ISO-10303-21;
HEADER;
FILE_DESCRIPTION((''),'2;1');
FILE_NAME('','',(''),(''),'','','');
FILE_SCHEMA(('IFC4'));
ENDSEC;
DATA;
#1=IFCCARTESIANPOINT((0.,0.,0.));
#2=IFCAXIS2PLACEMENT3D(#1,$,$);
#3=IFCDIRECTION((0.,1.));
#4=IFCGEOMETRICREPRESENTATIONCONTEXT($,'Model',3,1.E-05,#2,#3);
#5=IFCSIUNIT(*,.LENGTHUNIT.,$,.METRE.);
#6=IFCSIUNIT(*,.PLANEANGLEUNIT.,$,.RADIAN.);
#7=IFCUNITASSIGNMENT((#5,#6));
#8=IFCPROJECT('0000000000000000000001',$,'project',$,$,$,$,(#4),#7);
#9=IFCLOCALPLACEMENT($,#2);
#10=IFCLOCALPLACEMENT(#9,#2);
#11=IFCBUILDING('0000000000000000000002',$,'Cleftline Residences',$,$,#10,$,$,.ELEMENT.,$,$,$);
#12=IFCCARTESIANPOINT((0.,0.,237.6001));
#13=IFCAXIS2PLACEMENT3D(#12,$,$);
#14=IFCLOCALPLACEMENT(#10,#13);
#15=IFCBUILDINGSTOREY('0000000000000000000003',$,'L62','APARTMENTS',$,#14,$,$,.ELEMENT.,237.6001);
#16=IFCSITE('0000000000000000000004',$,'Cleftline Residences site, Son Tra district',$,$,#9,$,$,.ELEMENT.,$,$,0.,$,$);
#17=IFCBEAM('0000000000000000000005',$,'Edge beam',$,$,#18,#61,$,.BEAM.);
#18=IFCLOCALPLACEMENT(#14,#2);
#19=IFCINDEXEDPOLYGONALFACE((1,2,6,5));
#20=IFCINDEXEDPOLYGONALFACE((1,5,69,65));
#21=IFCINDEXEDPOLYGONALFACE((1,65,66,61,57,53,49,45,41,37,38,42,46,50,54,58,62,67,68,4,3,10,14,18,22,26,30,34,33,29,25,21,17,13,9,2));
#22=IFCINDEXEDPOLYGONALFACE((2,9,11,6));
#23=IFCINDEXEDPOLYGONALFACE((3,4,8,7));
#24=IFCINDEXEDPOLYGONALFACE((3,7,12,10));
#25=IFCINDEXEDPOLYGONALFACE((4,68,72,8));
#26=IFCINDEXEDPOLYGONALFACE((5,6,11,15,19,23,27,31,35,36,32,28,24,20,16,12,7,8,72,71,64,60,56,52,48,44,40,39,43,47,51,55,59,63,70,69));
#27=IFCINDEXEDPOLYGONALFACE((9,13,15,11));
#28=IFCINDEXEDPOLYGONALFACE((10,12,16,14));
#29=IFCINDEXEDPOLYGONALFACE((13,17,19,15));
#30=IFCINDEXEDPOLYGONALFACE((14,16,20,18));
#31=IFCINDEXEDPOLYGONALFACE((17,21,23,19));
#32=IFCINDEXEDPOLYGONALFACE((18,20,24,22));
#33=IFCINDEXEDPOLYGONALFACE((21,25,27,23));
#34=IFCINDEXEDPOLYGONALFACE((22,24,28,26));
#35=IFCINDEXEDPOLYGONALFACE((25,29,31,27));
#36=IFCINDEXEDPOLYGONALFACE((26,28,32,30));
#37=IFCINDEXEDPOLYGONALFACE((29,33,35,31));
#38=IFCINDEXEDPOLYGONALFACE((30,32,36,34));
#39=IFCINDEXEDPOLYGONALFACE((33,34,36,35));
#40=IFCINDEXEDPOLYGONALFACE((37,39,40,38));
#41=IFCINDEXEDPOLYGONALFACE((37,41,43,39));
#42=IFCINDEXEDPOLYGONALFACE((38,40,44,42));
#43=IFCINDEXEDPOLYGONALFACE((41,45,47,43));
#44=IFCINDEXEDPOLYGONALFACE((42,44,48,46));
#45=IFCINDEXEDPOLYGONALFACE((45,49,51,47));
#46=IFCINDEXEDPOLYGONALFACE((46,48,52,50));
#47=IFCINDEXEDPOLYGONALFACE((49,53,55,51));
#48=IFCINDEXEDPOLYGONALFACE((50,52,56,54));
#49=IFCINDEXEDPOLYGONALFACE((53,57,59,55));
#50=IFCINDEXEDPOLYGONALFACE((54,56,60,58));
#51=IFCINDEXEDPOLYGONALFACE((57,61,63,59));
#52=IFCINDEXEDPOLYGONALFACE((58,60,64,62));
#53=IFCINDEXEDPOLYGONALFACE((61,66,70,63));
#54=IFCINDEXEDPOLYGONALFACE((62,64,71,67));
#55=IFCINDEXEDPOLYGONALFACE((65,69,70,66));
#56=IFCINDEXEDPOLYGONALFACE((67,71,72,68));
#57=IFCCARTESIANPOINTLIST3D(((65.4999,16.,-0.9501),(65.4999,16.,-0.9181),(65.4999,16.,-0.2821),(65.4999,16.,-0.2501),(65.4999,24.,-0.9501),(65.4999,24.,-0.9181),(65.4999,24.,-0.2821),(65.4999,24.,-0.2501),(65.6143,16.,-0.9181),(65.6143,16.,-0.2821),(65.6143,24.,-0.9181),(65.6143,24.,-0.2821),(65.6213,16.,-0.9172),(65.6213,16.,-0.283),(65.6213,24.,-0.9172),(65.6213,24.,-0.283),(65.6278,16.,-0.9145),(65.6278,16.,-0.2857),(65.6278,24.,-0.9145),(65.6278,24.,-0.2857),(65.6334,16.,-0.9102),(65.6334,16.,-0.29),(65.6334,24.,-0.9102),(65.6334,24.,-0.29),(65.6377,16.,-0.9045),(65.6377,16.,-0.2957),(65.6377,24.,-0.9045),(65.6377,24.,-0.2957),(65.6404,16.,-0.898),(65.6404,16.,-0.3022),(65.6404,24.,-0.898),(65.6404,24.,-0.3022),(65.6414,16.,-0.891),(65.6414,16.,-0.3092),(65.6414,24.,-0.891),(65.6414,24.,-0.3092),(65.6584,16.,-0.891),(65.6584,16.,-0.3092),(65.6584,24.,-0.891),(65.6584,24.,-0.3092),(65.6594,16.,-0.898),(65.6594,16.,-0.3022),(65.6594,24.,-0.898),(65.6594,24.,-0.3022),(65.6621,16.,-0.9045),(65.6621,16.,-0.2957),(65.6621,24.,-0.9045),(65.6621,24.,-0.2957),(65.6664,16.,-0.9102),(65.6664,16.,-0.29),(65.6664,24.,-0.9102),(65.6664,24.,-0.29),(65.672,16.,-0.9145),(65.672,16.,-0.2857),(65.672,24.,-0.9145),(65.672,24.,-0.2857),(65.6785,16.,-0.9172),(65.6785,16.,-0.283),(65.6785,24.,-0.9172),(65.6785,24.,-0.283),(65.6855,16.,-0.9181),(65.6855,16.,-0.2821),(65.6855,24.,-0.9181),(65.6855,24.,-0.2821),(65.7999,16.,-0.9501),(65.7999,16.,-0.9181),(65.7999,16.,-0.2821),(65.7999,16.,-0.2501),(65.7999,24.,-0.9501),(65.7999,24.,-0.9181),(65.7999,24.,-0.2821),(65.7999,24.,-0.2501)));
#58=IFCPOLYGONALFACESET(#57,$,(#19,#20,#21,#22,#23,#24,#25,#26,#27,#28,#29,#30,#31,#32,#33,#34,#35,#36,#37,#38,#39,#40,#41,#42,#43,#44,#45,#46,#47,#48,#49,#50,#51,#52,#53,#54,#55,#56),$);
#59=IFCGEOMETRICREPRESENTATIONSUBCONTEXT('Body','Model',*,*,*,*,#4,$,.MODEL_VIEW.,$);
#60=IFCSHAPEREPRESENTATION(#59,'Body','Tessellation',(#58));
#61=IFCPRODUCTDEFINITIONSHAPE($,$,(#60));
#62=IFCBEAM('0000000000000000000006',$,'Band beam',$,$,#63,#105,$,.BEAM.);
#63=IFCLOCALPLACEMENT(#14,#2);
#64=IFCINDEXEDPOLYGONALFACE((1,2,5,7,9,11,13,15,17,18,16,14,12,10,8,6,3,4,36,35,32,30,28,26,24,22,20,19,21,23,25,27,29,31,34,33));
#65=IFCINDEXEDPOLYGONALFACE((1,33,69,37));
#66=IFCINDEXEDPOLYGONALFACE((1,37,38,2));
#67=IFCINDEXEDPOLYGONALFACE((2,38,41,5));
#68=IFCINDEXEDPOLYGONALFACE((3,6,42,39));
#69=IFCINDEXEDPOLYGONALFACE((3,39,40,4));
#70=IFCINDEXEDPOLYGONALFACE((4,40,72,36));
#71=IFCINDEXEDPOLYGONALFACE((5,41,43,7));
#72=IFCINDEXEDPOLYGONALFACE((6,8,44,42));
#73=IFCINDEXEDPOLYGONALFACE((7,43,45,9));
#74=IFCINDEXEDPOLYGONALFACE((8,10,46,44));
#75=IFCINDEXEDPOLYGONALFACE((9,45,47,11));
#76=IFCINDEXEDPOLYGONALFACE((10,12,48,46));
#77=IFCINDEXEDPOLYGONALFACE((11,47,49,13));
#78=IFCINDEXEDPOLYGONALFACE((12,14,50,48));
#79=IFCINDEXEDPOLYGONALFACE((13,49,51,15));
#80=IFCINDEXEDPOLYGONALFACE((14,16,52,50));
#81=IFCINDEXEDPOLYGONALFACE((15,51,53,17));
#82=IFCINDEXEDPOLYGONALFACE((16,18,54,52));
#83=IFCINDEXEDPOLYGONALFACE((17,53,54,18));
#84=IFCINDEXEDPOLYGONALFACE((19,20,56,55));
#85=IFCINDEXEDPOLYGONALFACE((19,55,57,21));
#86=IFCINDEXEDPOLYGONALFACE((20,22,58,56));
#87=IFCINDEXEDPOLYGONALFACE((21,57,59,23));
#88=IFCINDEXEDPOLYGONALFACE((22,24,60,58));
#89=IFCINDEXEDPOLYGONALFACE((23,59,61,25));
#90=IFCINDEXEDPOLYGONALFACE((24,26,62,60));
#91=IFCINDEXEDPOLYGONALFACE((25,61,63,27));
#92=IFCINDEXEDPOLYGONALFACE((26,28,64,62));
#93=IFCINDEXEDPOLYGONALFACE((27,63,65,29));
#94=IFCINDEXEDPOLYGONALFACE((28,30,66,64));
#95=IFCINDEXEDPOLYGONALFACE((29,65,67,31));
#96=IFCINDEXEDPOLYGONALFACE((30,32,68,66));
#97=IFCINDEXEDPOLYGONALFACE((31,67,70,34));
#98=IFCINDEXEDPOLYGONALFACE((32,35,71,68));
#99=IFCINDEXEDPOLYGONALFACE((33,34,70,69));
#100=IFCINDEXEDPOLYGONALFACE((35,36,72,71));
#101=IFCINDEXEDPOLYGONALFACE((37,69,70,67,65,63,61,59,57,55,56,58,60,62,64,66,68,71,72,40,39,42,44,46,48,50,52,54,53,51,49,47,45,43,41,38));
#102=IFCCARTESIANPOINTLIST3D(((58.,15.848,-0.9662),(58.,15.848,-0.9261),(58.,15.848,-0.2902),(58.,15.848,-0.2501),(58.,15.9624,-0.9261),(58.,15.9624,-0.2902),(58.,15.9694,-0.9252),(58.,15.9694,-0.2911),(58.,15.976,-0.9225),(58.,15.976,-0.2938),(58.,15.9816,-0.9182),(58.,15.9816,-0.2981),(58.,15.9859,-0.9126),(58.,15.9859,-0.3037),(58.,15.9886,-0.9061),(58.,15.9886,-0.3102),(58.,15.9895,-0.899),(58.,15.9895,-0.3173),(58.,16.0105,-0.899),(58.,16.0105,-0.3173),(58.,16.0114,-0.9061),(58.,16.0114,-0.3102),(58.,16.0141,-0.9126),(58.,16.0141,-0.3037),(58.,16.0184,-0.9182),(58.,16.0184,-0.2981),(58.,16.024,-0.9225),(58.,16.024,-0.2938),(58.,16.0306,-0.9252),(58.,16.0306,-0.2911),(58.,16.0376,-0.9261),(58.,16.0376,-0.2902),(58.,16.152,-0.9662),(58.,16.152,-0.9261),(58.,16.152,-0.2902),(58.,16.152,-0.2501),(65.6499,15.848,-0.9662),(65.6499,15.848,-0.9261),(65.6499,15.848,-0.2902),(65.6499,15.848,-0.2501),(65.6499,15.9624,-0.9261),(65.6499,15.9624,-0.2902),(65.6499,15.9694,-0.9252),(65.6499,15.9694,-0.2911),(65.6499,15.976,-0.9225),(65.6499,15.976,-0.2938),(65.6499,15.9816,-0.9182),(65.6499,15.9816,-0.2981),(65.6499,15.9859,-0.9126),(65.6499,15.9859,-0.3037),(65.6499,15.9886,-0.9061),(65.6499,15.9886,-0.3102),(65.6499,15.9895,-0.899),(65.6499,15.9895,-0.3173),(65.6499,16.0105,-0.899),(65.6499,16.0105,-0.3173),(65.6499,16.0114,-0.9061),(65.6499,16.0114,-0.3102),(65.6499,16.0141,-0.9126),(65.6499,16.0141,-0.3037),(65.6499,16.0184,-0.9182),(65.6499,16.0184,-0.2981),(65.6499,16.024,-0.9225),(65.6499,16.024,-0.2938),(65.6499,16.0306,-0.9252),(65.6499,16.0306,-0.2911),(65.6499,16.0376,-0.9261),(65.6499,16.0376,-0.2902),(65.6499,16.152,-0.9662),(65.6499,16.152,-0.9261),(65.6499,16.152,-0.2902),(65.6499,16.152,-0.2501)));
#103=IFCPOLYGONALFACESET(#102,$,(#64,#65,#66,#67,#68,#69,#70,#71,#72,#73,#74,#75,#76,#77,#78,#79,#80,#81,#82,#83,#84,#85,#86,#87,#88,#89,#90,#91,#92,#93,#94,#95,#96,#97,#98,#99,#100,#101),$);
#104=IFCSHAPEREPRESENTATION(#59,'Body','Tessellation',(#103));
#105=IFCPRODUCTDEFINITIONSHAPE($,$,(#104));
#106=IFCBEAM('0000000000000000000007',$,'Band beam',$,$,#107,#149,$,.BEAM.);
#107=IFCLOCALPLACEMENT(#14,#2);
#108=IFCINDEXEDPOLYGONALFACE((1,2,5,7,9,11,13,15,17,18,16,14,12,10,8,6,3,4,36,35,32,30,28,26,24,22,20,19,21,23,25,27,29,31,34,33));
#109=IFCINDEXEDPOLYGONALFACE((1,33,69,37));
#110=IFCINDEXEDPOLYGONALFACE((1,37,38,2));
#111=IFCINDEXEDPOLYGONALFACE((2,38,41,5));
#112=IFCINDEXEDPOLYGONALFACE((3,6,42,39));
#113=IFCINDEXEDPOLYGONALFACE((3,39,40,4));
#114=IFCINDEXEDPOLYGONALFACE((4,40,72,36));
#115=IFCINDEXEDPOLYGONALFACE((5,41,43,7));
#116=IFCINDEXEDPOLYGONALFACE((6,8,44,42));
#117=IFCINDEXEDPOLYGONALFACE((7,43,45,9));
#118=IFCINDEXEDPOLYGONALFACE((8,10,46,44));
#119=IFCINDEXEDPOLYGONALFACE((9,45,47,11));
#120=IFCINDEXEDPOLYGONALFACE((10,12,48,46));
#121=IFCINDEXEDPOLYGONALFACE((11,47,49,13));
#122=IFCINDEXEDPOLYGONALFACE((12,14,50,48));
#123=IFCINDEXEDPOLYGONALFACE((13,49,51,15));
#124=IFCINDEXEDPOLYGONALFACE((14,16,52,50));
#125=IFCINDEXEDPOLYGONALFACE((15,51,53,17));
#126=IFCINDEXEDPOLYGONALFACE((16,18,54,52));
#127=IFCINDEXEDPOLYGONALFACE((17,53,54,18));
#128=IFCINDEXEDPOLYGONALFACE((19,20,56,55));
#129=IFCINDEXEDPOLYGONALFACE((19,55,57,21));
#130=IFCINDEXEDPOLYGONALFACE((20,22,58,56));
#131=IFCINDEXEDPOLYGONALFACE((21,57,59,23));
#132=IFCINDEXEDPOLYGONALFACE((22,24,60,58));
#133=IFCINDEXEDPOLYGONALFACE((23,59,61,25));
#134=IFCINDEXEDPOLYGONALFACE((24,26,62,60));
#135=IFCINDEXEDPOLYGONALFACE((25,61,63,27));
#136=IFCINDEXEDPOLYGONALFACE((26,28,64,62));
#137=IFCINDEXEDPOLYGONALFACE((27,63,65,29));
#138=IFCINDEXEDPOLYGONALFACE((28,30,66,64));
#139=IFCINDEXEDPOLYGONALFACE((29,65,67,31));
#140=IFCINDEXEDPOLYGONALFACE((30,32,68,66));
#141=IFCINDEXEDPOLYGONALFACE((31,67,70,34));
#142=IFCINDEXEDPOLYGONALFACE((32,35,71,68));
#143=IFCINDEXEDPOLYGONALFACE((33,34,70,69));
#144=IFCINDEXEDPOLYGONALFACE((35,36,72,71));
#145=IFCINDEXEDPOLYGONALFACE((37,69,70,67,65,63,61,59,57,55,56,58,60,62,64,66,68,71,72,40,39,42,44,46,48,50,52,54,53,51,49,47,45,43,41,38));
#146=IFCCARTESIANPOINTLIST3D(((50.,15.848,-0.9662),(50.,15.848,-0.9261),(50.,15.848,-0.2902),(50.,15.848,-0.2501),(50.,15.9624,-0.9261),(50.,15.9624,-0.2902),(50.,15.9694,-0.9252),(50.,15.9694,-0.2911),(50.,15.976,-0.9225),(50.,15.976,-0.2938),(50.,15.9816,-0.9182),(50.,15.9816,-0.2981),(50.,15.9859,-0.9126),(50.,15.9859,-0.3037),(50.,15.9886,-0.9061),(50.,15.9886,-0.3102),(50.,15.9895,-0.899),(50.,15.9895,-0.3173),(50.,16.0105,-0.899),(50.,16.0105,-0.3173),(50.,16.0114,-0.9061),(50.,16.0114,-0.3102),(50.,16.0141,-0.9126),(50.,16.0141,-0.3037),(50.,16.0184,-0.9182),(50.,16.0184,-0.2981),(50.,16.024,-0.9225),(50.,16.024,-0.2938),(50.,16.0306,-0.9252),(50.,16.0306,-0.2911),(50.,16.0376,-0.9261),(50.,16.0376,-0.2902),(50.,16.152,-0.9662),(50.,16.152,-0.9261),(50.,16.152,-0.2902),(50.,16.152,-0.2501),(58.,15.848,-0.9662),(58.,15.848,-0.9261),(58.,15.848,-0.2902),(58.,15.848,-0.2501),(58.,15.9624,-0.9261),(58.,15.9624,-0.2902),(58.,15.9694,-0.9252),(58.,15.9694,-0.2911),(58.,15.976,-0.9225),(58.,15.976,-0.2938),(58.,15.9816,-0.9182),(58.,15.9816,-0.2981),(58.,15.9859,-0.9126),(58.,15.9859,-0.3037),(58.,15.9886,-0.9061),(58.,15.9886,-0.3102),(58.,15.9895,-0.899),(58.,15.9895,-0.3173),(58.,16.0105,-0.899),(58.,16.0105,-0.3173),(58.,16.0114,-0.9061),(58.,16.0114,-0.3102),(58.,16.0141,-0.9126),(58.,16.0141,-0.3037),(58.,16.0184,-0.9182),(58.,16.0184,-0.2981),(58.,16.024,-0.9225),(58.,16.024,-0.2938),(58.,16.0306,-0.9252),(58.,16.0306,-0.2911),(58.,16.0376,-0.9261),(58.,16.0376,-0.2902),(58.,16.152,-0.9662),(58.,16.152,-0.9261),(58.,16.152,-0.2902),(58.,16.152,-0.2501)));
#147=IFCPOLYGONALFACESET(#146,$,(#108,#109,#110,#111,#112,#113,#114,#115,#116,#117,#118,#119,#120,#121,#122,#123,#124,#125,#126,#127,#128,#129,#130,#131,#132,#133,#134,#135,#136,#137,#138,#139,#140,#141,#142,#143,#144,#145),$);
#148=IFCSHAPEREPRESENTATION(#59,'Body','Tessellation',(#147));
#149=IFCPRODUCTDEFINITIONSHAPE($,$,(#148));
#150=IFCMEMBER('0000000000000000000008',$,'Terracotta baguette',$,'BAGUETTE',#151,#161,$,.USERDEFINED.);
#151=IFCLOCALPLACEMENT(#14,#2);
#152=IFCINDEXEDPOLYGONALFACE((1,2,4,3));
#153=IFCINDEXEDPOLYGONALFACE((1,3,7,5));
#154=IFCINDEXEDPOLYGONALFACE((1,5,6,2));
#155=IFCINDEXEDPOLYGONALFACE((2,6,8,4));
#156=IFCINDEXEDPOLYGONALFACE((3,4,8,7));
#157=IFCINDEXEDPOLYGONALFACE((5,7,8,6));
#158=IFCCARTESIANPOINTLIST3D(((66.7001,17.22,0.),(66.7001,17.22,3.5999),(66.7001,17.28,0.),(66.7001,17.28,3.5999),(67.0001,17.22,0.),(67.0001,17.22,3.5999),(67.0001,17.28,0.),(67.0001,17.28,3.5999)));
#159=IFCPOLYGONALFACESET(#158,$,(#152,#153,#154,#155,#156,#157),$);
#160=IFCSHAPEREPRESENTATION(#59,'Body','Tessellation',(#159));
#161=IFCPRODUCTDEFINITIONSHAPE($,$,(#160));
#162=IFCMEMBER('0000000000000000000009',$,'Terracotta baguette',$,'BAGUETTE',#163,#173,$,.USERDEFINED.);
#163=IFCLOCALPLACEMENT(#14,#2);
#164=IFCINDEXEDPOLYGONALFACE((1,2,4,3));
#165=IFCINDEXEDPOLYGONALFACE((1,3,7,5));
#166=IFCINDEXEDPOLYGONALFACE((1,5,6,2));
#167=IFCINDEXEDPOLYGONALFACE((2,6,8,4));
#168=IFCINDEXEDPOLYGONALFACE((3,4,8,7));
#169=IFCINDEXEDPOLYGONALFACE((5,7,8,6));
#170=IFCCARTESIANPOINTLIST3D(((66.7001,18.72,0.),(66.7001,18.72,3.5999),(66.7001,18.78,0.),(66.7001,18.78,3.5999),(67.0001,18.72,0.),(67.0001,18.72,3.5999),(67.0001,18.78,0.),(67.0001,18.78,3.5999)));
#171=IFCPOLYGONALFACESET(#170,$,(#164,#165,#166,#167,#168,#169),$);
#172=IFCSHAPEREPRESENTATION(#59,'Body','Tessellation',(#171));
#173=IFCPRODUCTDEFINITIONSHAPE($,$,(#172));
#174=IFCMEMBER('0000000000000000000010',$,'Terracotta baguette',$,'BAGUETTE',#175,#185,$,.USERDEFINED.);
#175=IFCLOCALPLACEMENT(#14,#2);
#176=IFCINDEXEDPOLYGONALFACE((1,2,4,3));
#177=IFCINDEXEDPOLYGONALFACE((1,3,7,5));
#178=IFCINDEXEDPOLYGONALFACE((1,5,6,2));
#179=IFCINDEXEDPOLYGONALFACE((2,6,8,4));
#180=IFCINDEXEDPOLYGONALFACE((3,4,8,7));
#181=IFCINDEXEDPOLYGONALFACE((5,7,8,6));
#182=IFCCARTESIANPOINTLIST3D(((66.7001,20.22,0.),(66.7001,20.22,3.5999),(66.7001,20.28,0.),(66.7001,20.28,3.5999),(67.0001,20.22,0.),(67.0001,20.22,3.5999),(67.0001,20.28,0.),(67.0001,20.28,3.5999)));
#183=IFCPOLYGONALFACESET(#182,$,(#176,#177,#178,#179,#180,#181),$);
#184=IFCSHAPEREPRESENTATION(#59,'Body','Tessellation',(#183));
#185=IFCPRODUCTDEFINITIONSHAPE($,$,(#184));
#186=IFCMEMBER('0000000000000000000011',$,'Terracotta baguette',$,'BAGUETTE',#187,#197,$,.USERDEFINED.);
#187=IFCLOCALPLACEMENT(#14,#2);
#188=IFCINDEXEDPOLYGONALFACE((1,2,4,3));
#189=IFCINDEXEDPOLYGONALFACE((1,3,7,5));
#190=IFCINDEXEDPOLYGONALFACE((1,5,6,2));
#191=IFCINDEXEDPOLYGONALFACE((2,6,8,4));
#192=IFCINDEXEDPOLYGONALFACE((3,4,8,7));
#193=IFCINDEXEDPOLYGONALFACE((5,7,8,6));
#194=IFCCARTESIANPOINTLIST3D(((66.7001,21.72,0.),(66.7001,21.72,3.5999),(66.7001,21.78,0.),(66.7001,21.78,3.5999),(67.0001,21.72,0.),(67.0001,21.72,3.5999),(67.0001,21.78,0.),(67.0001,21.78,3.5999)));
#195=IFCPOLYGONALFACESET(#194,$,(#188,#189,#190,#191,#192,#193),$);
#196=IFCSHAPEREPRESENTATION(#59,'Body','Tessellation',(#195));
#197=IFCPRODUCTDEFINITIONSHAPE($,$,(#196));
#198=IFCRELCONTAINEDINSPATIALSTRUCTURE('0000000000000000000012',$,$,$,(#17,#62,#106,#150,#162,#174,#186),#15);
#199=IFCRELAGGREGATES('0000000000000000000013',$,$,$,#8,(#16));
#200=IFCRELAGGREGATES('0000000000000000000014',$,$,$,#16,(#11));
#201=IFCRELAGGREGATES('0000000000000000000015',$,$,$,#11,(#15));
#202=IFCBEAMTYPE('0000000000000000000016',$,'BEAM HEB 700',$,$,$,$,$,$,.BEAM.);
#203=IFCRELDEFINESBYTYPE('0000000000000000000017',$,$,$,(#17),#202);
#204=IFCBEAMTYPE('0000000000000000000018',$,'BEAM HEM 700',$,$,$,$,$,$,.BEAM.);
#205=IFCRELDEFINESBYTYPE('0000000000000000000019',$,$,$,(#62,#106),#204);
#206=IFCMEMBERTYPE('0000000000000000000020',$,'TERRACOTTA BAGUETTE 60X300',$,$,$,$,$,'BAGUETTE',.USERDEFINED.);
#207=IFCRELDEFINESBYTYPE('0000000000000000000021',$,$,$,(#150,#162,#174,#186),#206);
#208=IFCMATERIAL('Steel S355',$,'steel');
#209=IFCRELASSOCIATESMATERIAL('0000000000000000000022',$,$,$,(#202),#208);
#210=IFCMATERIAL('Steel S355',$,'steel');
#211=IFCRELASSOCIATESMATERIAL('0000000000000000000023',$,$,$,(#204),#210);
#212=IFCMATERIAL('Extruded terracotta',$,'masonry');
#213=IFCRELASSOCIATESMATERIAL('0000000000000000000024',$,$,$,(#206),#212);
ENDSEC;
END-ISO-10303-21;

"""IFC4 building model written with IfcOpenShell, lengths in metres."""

from ifc_helpers import new_model, si_unit, direction, frame, origin, origin_2d, place, context, subcontext, project, spatial, rectangle, i_section, extrude, material, material_profile, profile_set, type_object, element, save


model = new_model("IFC4")

# Units and contexts
model_context = context("Model", 3, precision=1e-05, world=origin(), true_north=direction((0.0, 1.0)))
body_context = subcontext(model_context, "Body", "Model", "MODEL_VIEW")
ifc_project = project(units=[si_unit("LENGTHUNIT", "METRE"), si_unit("PLANEANGLEUNIT", "RADIAN")], contexts=[model_context])

# Site, building, storey
site_placement = place(None, origin())
site = spatial("IfcSite", under=ifc_project, at=site_placement, Name="Cleftline Residences site, Son Tra district", CompositionType="ELEMENT", RefElevation=0.0)
building_placement = place(site_placement, origin())
building = spatial("IfcBuilding", under=site, at=building_placement, Name="Cleftline Residences", CompositionType="ELEMENT")
storey_placement = place(building_placement, frame((0.0, 0.0, 237.6001)))
storey = spatial("IfcBuildingStorey", under=building, at=storey_placement, Name="L62", Description="APARTMENTS", CompositionType="ELEMENT", Elevation=237.6001)

# Beams
ifc_material_1 = material(Name="Steel S355", Category="steel")
ifc_material_profile_1 = material_profile(ifc_material_1, i_section(OverallWidth=0.3, OverallDepth=0.7, WebThickness=0.0171, FlangeThickness=0.032, FilletRadius=0.0271, at=origin_2d()))
ifc_profile_set_1 = profile_set([ifc_material_profile_1], Name="Steel S355")
beam_type_1 = type_object("IfcBeamType", Name="BEAM HEB 700", PredefinedType="BEAM", material=ifc_profile_set_1)
beam_1_placement = place(storey_placement, frame((65.6499, 16.0, -0.6001), z_axis=(0.0, 1.0, 0.0), x_axis=(-1.0, 0.0, 0.0)))
element("IfcBeam", 1, at=beam_1_placement, inside=storey, type_object=beam_type_1, Name="Edge beam", PredefinedType="BEAM", context=body_context, shape_type="SweptSolid", body=[
    extrude(i_section(OverallWidth=0.3, OverallDepth=0.7, WebThickness=0.0171, FlangeThickness=0.032, FilletRadius=0.0271, at=origin_2d()), origin(), (0.0, 0.0, 1.0), 8.0),
])
ifc_material_2 = material(Name="Steel S355", Category="steel")
ifc_material_profile_2 = material_profile(ifc_material_2, i_section(OverallWidth=0.304, OverallDepth=0.7161, WebThickness=0.021, FlangeThickness=0.04, FilletRadius=0.0271, at=origin_2d()))
ifc_profile_set_2 = profile_set([ifc_material_profile_2], Name="Steel S355")
beam_type_2 = type_object("IfcBeamType", Name="BEAM HEM 700", PredefinedType="BEAM", material=ifc_profile_set_2)
beam_2_placement = place(storey_placement, frame((65.6499, 16.0, -0.6082), z_axis=(-1.0, 0.0, 0.0), x_axis=(0.0, -1.0, 0.0)))
element("IfcBeam", 2, at=beam_2_placement, inside=storey, type_object=beam_type_2, Name="Band beam", PredefinedType="BEAM", context=body_context, shape_type="SweptSolid", body=[
    extrude(i_section(OverallWidth=0.304, OverallDepth=0.7161, WebThickness=0.021, FlangeThickness=0.04, FilletRadius=0.0271, at=origin_2d()), origin(), (0.0, 0.0, 1.0), 7.6499),
])
beam_3_placement = place(storey_placement, frame((58.0, 16.0, -0.6082), z_axis=(-1.0, 0.0, 0.0), x_axis=(0.0, -1.0, 0.0)))
element("IfcBeam", 3, at=beam_3_placement, inside=storey, type_object=beam_type_2, Name="Band beam", PredefinedType="BEAM", context=body_context, shape_type="SweptSolid", body=[
    extrude(i_section(OverallWidth=0.304, OverallDepth=0.7161, WebThickness=0.021, FlangeThickness=0.04, FilletRadius=0.0271, at=origin_2d()), origin(), (0.0, 0.0, 1.0), 8.0),
])

# Members
ifc_material_3 = material(Name="Extruded terracotta", Category="masonry")
ifc_material_profile_3 = material_profile(ifc_material_3, rectangle(XDim=0.0601, YDim=0.3, at=origin_2d()))
ifc_profile_set_3 = profile_set([ifc_material_profile_3], Name="Extruded terracotta")
member_type_1 = type_object("IfcMemberType", Name="TERRACOTTA BAGUETTE 60X300", ElementType="BAGUETTE", PredefinedType="USERDEFINED", material=ifc_profile_set_3)
for number, where, z_axis, x_axis, name in (
    (4, (66.8501, 17.25, 0.0), (0.0, 0.0, 1.0), (0.0, 1.0, 0.0), "Terracotta baguette"),
    (5, (66.8501, 18.75, 0.0), (0.0, 0.0, 1.0), (0.0, 1.0, 0.0), "Terracotta baguette"),
    (6, (66.8501, 20.25, 0.0), (0.0, 0.0, 1.0), (0.0, 1.0, 0.0), "Terracotta baguette"),
    (7, (66.8501, 21.75, 0.0), (0.0, 0.0, 1.0), (0.0, 1.0, 0.0), "Terracotta baguette"),
):
    element("IfcMember", number, at=place(storey_placement, frame(where, z_axis=z_axis, x_axis=x_axis)), inside=storey, type_object=member_type_1, Name=name, ObjectType="BAGUETTE", PredefinedType="USERDEFINED", context=body_context, shape_type="SweptSolid", body=[
        extrude(rectangle(XDim=0.0601, YDim=0.3, at=origin_2d()), origin(), (0.0, 0.0, 1.0), 3.5999),
    ])

save(model, "model.ifc")
